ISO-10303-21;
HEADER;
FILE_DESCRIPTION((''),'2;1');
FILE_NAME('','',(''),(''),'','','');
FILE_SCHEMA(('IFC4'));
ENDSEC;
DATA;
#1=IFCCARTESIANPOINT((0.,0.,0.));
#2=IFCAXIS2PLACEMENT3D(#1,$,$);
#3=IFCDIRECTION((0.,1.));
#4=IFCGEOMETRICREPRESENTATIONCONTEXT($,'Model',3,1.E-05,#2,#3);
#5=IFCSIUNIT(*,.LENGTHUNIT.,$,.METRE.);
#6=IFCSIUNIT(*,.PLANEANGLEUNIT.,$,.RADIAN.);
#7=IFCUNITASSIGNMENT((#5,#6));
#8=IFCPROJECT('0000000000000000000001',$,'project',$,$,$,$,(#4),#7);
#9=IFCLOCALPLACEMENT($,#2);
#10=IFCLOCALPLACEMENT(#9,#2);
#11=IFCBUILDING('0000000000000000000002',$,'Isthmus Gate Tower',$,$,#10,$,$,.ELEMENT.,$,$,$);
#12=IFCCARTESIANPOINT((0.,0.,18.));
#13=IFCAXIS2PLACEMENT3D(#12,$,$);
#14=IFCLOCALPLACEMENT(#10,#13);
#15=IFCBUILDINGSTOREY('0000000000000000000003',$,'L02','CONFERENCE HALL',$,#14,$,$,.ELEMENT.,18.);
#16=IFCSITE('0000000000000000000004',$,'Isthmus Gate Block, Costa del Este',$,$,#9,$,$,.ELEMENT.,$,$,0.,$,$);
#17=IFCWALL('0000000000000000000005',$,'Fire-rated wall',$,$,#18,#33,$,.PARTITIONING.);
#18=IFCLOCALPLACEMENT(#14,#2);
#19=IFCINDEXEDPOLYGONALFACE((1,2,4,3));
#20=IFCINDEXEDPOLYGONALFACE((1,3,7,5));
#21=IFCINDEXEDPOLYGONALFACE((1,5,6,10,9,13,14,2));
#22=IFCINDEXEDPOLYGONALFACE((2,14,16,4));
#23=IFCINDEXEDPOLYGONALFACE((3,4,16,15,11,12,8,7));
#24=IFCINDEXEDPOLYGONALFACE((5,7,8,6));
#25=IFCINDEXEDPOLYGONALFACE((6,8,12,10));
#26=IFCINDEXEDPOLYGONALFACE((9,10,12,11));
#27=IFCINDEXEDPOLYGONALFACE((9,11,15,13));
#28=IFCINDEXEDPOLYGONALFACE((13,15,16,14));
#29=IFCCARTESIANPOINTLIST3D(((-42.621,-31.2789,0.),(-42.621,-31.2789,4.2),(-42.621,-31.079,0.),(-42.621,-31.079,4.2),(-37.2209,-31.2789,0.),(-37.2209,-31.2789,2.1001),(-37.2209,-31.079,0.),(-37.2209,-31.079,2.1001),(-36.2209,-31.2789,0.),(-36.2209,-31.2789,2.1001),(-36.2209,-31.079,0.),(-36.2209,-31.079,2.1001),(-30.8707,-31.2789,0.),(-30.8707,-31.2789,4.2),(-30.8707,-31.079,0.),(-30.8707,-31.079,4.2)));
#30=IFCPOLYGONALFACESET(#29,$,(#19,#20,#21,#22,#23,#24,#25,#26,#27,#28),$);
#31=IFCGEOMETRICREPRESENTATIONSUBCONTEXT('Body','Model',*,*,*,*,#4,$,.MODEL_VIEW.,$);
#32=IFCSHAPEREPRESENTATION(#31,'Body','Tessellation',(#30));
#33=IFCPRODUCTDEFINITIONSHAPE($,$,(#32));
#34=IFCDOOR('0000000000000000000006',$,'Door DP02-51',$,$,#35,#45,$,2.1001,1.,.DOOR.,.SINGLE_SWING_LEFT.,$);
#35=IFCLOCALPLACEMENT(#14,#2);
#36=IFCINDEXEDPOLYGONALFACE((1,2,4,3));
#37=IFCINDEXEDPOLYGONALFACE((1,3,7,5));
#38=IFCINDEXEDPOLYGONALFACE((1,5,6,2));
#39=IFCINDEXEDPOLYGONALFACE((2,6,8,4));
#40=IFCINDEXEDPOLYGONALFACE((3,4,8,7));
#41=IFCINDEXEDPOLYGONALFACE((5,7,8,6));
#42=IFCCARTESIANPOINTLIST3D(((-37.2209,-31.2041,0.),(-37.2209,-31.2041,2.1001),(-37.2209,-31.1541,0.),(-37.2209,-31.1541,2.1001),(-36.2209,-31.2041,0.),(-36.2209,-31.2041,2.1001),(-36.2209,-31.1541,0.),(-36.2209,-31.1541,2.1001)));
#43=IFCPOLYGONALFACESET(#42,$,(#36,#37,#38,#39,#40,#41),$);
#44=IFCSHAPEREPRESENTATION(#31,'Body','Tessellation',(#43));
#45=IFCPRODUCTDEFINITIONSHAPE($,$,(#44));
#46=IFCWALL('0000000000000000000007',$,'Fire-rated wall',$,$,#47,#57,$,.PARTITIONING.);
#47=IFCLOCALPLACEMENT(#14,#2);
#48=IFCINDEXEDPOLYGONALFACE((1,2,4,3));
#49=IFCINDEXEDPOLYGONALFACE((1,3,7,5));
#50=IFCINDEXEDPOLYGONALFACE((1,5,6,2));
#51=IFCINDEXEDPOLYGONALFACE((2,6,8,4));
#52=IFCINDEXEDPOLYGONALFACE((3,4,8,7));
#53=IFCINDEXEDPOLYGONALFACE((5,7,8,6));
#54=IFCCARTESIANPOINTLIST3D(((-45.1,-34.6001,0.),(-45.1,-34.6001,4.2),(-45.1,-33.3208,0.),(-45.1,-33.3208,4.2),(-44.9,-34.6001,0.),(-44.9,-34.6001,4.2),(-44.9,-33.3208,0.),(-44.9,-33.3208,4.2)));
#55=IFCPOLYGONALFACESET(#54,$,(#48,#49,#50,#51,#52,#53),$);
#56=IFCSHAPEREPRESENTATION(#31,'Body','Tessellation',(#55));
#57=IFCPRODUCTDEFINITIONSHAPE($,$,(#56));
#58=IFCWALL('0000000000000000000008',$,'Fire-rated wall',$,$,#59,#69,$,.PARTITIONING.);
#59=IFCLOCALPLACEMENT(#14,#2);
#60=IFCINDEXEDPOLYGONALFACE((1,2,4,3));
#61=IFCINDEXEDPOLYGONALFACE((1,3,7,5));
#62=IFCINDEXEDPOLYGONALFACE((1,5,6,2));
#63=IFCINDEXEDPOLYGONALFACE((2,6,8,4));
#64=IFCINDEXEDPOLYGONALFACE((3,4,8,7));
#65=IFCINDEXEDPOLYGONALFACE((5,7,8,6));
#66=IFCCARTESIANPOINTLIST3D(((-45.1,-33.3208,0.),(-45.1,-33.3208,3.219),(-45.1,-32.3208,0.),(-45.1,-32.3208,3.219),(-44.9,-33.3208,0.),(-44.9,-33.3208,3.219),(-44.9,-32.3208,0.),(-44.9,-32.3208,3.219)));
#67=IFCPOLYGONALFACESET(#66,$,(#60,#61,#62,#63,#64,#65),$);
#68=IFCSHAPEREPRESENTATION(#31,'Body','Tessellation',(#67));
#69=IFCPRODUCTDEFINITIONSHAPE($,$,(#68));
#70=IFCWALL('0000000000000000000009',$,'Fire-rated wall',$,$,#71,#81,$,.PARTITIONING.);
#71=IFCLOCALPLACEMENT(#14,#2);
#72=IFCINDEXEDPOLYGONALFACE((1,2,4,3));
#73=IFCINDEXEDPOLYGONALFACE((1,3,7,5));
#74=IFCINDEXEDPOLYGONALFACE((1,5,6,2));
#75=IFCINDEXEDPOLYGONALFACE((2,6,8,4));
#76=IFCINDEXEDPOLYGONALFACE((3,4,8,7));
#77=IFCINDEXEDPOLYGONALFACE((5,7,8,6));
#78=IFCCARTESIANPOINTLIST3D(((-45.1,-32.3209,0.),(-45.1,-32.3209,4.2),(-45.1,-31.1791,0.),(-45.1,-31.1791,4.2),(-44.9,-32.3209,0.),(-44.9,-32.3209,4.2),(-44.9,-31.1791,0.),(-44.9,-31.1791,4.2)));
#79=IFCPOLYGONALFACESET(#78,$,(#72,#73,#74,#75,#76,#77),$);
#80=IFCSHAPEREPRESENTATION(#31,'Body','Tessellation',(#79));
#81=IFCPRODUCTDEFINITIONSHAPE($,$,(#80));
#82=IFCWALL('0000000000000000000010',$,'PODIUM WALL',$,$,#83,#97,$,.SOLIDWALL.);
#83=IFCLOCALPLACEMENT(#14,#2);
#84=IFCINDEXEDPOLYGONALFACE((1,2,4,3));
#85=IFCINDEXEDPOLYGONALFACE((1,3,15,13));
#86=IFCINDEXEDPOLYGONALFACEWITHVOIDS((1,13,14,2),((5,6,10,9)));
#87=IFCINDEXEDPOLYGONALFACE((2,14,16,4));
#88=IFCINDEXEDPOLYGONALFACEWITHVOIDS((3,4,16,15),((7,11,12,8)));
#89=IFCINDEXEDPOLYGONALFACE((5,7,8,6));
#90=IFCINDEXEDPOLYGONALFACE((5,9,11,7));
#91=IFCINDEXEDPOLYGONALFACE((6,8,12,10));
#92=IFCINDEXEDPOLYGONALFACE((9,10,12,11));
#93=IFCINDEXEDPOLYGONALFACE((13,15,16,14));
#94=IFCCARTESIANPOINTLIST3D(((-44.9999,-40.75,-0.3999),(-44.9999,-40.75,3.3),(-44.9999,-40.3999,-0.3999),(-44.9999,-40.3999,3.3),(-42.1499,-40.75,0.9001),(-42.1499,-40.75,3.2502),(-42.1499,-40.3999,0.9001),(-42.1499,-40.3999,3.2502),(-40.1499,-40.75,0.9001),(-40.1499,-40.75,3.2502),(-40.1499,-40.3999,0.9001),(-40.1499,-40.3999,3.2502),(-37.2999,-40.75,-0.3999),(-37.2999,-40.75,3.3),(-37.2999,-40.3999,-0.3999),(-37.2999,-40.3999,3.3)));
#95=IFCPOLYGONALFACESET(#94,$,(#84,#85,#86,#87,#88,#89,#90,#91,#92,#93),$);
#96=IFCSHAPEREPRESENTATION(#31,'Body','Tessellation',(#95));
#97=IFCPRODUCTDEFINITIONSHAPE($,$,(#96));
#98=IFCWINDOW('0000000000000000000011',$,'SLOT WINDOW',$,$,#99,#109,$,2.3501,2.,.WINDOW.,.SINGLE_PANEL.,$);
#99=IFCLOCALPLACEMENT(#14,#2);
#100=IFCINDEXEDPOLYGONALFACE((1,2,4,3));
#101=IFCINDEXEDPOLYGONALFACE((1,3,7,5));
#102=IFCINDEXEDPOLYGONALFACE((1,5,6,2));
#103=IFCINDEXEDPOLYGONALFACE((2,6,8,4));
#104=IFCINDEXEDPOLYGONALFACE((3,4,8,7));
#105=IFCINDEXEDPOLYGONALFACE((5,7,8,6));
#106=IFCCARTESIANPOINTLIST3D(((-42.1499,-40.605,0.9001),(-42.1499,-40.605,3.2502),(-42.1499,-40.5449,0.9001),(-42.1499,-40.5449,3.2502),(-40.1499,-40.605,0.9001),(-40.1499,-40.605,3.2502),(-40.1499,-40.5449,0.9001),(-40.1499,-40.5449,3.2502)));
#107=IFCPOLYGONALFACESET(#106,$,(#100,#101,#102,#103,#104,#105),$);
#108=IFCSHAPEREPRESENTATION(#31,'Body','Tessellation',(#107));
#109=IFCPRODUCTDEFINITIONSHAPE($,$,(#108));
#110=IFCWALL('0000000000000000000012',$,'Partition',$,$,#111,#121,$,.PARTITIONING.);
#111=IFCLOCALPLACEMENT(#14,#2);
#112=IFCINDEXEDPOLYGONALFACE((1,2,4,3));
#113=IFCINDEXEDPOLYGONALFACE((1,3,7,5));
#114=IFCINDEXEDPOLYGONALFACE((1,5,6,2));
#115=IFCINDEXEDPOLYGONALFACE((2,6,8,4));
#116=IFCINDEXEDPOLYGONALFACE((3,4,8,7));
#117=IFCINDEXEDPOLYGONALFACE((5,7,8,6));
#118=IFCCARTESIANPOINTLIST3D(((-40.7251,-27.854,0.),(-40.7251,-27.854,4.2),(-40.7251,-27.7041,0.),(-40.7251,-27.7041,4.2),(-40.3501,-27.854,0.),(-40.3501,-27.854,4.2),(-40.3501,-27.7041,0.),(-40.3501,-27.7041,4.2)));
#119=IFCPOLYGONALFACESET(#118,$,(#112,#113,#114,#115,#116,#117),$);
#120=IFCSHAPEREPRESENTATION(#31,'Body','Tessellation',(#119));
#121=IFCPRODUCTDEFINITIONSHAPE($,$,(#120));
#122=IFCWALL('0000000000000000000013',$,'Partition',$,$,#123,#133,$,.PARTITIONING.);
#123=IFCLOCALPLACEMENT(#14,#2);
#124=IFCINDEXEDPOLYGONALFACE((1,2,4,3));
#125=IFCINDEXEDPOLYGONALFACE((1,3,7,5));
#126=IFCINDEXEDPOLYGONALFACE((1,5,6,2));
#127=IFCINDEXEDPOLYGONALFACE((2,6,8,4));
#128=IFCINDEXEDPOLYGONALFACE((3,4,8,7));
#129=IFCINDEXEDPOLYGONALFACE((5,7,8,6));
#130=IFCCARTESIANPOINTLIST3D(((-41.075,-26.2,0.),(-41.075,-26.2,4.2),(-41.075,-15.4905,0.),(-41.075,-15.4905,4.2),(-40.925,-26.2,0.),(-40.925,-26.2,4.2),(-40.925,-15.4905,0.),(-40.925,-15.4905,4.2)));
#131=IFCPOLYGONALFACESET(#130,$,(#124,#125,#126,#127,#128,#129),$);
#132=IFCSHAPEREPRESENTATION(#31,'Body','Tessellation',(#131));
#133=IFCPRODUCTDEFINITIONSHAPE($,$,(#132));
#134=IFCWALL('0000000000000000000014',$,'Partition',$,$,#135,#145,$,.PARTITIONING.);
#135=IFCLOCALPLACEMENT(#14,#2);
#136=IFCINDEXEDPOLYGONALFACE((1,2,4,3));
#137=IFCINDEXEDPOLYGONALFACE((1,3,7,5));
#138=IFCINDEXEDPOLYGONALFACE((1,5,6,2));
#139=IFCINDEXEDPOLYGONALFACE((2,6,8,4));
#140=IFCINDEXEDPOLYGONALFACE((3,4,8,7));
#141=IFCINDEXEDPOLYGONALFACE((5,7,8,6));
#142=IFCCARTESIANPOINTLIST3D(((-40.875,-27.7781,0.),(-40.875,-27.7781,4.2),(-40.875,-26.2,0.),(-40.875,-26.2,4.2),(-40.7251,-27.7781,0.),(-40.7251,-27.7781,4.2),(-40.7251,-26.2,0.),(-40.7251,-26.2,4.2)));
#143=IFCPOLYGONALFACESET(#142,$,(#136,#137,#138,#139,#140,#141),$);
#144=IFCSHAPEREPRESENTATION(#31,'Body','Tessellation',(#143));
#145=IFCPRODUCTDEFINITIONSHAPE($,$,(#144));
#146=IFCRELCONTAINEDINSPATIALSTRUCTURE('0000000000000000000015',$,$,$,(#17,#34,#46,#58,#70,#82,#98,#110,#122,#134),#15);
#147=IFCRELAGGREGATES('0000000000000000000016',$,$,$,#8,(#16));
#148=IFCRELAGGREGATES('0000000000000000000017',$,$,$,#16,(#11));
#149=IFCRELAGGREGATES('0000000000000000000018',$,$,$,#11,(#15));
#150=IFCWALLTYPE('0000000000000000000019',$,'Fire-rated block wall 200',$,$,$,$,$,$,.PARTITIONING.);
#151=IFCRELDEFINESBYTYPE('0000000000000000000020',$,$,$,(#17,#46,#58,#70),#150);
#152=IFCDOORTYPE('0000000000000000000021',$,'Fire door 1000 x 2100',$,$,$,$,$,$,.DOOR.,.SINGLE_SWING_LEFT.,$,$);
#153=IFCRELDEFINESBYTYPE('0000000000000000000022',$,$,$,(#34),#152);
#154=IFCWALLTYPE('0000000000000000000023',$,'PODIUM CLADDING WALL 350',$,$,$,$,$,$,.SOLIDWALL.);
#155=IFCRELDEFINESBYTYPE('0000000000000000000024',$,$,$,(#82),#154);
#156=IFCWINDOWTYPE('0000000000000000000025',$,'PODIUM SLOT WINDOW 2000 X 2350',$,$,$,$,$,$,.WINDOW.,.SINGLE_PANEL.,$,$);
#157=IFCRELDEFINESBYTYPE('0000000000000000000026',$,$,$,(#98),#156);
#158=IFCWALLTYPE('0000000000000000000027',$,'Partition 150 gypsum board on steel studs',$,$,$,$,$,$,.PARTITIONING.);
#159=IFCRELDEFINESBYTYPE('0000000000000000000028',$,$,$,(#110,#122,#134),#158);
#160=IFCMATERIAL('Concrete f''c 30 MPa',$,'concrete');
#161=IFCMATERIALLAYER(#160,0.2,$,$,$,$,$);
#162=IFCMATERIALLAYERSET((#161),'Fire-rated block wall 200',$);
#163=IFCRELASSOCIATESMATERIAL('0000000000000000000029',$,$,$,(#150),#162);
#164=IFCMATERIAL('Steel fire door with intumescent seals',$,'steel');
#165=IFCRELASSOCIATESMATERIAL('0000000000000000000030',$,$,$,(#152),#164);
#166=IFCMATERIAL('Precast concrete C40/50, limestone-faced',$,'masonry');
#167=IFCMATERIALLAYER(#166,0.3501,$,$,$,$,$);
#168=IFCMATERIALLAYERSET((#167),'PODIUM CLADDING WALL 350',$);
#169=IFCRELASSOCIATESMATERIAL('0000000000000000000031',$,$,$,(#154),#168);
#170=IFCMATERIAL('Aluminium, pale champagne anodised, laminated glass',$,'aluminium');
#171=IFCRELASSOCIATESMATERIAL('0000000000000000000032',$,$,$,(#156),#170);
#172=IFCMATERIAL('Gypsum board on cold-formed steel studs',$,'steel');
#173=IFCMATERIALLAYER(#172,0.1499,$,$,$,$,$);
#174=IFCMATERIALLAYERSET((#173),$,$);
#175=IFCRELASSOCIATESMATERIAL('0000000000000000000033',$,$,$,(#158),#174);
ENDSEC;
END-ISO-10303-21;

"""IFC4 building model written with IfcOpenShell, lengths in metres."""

from ifc_helpers import new_model, si_unit, direction, frame, frame_2d, origin, place, context, subcontext, project, spatial, rectangle, extrude, material, layer, layer_set, type_object, element, fill, save


model = new_model("IFC4")

# Units and contexts
model_context = context("Model", 3, precision=1e-05, world=origin(), true_north=direction((0.0, 1.0)))
body_context = subcontext(model_context, "Body", "Model", "MODEL_VIEW")
ifc_project = project(units=[si_unit("LENGTHUNIT", "METRE"), si_unit("PLANEANGLEUNIT", "RADIAN")], contexts=[model_context])

# Site, building, storey
site_placement = place(None, origin())
site = spatial("IfcSite", under=ifc_project, at=site_placement, Name="Isthmus Gate Block, Costa del Este", CompositionType="ELEMENT", RefElevation=0.0)
building_placement = place(site_placement, origin())
building = spatial("IfcBuilding", under=site, at=building_placement, Name="Isthmus Gate Tower", CompositionType="ELEMENT")
storey_placement = place(building_placement, frame((0.0, 0.0, 18.0)))
storey = spatial("IfcBuildingStorey", under=building, at=storey_placement, Name="L02", Description="CONFERENCE HALL", CompositionType="ELEMENT", Elevation=18.0)

# Shared definitions
ifc_material_1 = material(Name="Concrete f'c 30 MPa", Category="concrete")
ifc_layer_1 = layer(ifc_material_1, 0.2)
ifc_layer_set_1 = layer_set([ifc_layer_1], Name="Fire-rated block wall 200")
wall_type_1 = type_object("IfcWallType", Name="Fire-rated block wall 200", PredefinedType="PARTITIONING", material=ifc_layer_set_1)

# Wall, opening, door
wall_1_placement = place(storey_placement, frame((-42.6208, -31.179, 0.0), z_axis=(0.0, 0.0, 1.0), x_axis=(1.0, 0.0, 0.0)))
wall_1 = element("IfcWall", 1, at=wall_1_placement, inside=storey, type_object=wall_type_1, Name="Fire-rated wall", PredefinedType="PARTITIONING", context=body_context, shape_type="SweptSolid", body=[
    extrude(rectangle(XDim=11.7502, YDim=0.2, at=frame_2d((5.875, 0.0))), origin(), (0.0, 0.0, 1.0), 4.2),
])
opening_1_placement = place(wall_1_placement, frame((5.3999, 0.0, 0.0)))
opening_1 = element("IfcOpeningElement", 2, at=opening_1_placement, cuts=wall_1, PredefinedType="OPENING", context=body_context, shape_type="SweptSolid", body=[
    extrude(rectangle(XDim=1.0, YDim=2.1001, at=frame_2d((0.5, 1.05))), frame((0.0, 0.1099, 0.0), z_axis=(0.0, -1.0, 0.0), x_axis=(1.0, 0.0, 0.0)), (0.0, 0.0, 1.0), 0.22),
])
ifc_material_2 = material(Name="Steel fire door with intumescent seals", Category="steel")
door_type_1 = type_object("IfcDoorType", Name="Fire door 1000 x 2100", OperationType="SINGLE_SWING_LEFT", PredefinedType="DOOR", material=ifc_material_2)
door_1_placement = place(opening_1_placement, origin())
door_1 = element("IfcDoor", 3, at=door_1_placement, inside=storey, type_object=door_type_1, Name="Door DP02-51", OperationType="SINGLE_SWING_LEFT", OverallHeight=2.1001, OverallWidth=1.0, PredefinedType="DOOR", context=body_context, shape_type="SweptSolid", body=[
    extrude(rectangle(XDim=1.0, YDim=2.1001, at=frame_2d((0.5, 1.05))), frame((0.0, 0.0249, 0.0), z_axis=(0.0, -1.0, 0.0), x_axis=(1.0, 0.0, 0.0)), (0.0, 0.0, 1.0), 0.05),
])
fill(opening_1, door_1)

# Walls
wall_2_placement = place(storey_placement, frame((-45.0, -34.6001, 0.0), z_axis=(0.0, 0.0, 1.0), x_axis=(0.0, 1.0, 0.0)))
element("IfcWall", 4, at=wall_2_placement, inside=storey, type_object=wall_type_1, Name="Fire-rated wall", PredefinedType="PARTITIONING", context=body_context, shape_type="SweptSolid", body=[
    extrude(rectangle(XDim=1.2793, YDim=0.2, at=frame_2d((0.6396, 0.0))), origin(), (0.0, 0.0, 1.0), 4.2),
])
wall_3_placement = place(storey_placement, frame((-45.0, -33.3208, 0.0), z_axis=(0.0, 0.0, 1.0), x_axis=(0.0, 1.0, 0.0)))
element("IfcWall", 5, at=wall_3_placement, inside=storey, type_object=wall_type_1, Name="Fire-rated wall", PredefinedType="PARTITIONING", context=body_context, shape_type="SweptSolid", body=[
    extrude(rectangle(XDim=1.0, YDim=0.2, at=frame_2d((0.5, 0.0))), origin(), (0.0, 0.0, 1.0), 3.219),
])
wall_4_placement = place(storey_placement, frame((-45.0, -32.3208, 0.0), z_axis=(0.0, 0.0, 1.0), x_axis=(0.0, 1.0, 0.0)))
element("IfcWall", 6, at=wall_4_placement, inside=storey, type_object=wall_type_1, Name="Fire-rated wall", PredefinedType="PARTITIONING", context=body_context, shape_type="SweptSolid", body=[
    extrude(rectangle(XDim=1.1418, YDim=0.2, at=frame_2d((0.5708, 0.0))), origin(), (0.0, 0.0, 1.0), 4.2),
])

# Wall, opening, window
ifc_material_3 = material(Name="Precast concrete C40/50, limestone-faced", Category="masonry")
ifc_layer_2 = layer(ifc_material_3, 0.3501)
ifc_layer_set_2 = layer_set([ifc_layer_2], Name="PODIUM CLADDING WALL 350")
wall_type_2 = type_object("IfcWallType", Name="PODIUM CLADDING WALL 350", PredefinedType="SOLIDWALL", material=ifc_layer_set_2)
wall_5_placement = place(storey_placement, frame((-45.0, -40.575, -0.3999), z_axis=(0.0, 0.0, 1.0), x_axis=(1.0, 0.0, 0.0)))
wall_5 = element("IfcWall", 7, at=wall_5_placement, inside=storey, type_object=wall_type_2, Name="PODIUM WALL", PredefinedType="SOLIDWALL", context=body_context, shape_type="SweptSolid", body=[
    extrude(rectangle(XDim=7.7, YDim=0.3501, at=frame_2d((3.8501, 0.0))), origin(), (0.0, 0.0, 1.0), 3.7),
])
opening_2_placement = place(wall_5_placement, frame((2.8501, 0.0, 1.3)))
opening_2 = element("IfcOpeningElement", 8, at=opening_2_placement, cuts=wall_5, PredefinedType="OPENING", context=body_context, shape_type="SweptSolid", body=[
    extrude(rectangle(XDim=2.0, YDim=2.3501, at=frame_2d((1.0, 1.175))), frame((0.0, 0.1851, 0.0), z_axis=(0.0, -1.0, 0.0), x_axis=(1.0, 0.0, 0.0)), (0.0, 0.0, 1.0), 0.3701),
])
ifc_material_4 = material(Name="Aluminium, pale champagne anodised, laminated glass", Category="aluminium")
window_type = type_object("IfcWindowType", Name="PODIUM SLOT WINDOW 2000 X 2350", PartitioningType="SINGLE_PANEL", PredefinedType="WINDOW", material=ifc_material_4)
window_placement = place(opening_2_placement, origin())
window = element("IfcWindow", 9, at=window_placement, inside=storey, type_object=window_type, Name="SLOT WINDOW", OverallHeight=2.3501, OverallWidth=2.0, PartitioningType="SINGLE_PANEL", PredefinedType="WINDOW", context=body_context, shape_type="SweptSolid", body=[
    extrude(rectangle(XDim=2.0, YDim=2.3501, at=frame_2d((1.0, 1.175))), frame((0.0, 0.03, 0.0), z_axis=(0.0, -1.0, 0.0), x_axis=(1.0, 0.0, 0.0)), (0.0, 0.0, 1.0), 0.0601),
])
fill(opening_2, window)

# Walls
ifc_material_5 = material(Name="Gypsum board on cold-formed steel studs", Category="steel")
ifc_layer_3 = layer(ifc_material_5, 0.1499)
ifc_layer_set_3 = layer_set([ifc_layer_3])
wall_type_3 = type_object("IfcWallType", Name="Partition 150 gypsum board on steel studs", PredefinedType="PARTITIONING", material=ifc_layer_set_3)
wall_6_placement = place(storey_placement, frame((-40.7251, -27.7791, 0.0), z_axis=(0.0, 0.0, 1.0), x_axis=(1.0, 0.0, 0.0)))
element("IfcWall", 10, at=wall_6_placement, inside=storey, type_object=wall_type_3, Name="Partition", PredefinedType="PARTITIONING", context=body_context, shape_type="SweptSolid", body=[
    extrude(rectangle(XDim=0.375, YDim=0.1499, at=frame_2d((0.1875, 0.0))), origin(), (0.0, 0.0, 1.0), 4.2),
])
wall_7_placement = place(storey_placement, frame((-41.0, -26.2, 0.0), z_axis=(0.0, 0.0, 1.0), x_axis=(0.0, 1.0, 0.0)))
element("IfcWall", 11, at=wall_7_placement, inside=storey, type_object=wall_type_3, Name="Partition", PredefinedType="PARTITIONING", context=body_context, shape_type="SweptSolid", body=[
    extrude(rectangle(XDim=10.7095, YDim=0.1499, at=frame_2d((5.3547, 0.0))), origin(), (0.0, 0.0, 1.0), 4.2),
])
wall_8_placement = place(storey_placement, frame((-40.8, -27.7781, 0.0), z_axis=(0.0, 0.0, 1.0), x_axis=(0.0, 1.0, 0.0)))
element("IfcWall", 12, at=wall_8_placement, inside=storey, type_object=wall_type_3, Name="Partition", PredefinedType="PARTITIONING", context=body_context, shape_type="SweptSolid", body=[
    extrude(rectangle(XDim=1.5781, YDim=0.1499, at=frame_2d((0.7891, 0.0))), origin(), (0.0, 0.0, 1.0), 4.2),
])

save(model, "model.ifc")
